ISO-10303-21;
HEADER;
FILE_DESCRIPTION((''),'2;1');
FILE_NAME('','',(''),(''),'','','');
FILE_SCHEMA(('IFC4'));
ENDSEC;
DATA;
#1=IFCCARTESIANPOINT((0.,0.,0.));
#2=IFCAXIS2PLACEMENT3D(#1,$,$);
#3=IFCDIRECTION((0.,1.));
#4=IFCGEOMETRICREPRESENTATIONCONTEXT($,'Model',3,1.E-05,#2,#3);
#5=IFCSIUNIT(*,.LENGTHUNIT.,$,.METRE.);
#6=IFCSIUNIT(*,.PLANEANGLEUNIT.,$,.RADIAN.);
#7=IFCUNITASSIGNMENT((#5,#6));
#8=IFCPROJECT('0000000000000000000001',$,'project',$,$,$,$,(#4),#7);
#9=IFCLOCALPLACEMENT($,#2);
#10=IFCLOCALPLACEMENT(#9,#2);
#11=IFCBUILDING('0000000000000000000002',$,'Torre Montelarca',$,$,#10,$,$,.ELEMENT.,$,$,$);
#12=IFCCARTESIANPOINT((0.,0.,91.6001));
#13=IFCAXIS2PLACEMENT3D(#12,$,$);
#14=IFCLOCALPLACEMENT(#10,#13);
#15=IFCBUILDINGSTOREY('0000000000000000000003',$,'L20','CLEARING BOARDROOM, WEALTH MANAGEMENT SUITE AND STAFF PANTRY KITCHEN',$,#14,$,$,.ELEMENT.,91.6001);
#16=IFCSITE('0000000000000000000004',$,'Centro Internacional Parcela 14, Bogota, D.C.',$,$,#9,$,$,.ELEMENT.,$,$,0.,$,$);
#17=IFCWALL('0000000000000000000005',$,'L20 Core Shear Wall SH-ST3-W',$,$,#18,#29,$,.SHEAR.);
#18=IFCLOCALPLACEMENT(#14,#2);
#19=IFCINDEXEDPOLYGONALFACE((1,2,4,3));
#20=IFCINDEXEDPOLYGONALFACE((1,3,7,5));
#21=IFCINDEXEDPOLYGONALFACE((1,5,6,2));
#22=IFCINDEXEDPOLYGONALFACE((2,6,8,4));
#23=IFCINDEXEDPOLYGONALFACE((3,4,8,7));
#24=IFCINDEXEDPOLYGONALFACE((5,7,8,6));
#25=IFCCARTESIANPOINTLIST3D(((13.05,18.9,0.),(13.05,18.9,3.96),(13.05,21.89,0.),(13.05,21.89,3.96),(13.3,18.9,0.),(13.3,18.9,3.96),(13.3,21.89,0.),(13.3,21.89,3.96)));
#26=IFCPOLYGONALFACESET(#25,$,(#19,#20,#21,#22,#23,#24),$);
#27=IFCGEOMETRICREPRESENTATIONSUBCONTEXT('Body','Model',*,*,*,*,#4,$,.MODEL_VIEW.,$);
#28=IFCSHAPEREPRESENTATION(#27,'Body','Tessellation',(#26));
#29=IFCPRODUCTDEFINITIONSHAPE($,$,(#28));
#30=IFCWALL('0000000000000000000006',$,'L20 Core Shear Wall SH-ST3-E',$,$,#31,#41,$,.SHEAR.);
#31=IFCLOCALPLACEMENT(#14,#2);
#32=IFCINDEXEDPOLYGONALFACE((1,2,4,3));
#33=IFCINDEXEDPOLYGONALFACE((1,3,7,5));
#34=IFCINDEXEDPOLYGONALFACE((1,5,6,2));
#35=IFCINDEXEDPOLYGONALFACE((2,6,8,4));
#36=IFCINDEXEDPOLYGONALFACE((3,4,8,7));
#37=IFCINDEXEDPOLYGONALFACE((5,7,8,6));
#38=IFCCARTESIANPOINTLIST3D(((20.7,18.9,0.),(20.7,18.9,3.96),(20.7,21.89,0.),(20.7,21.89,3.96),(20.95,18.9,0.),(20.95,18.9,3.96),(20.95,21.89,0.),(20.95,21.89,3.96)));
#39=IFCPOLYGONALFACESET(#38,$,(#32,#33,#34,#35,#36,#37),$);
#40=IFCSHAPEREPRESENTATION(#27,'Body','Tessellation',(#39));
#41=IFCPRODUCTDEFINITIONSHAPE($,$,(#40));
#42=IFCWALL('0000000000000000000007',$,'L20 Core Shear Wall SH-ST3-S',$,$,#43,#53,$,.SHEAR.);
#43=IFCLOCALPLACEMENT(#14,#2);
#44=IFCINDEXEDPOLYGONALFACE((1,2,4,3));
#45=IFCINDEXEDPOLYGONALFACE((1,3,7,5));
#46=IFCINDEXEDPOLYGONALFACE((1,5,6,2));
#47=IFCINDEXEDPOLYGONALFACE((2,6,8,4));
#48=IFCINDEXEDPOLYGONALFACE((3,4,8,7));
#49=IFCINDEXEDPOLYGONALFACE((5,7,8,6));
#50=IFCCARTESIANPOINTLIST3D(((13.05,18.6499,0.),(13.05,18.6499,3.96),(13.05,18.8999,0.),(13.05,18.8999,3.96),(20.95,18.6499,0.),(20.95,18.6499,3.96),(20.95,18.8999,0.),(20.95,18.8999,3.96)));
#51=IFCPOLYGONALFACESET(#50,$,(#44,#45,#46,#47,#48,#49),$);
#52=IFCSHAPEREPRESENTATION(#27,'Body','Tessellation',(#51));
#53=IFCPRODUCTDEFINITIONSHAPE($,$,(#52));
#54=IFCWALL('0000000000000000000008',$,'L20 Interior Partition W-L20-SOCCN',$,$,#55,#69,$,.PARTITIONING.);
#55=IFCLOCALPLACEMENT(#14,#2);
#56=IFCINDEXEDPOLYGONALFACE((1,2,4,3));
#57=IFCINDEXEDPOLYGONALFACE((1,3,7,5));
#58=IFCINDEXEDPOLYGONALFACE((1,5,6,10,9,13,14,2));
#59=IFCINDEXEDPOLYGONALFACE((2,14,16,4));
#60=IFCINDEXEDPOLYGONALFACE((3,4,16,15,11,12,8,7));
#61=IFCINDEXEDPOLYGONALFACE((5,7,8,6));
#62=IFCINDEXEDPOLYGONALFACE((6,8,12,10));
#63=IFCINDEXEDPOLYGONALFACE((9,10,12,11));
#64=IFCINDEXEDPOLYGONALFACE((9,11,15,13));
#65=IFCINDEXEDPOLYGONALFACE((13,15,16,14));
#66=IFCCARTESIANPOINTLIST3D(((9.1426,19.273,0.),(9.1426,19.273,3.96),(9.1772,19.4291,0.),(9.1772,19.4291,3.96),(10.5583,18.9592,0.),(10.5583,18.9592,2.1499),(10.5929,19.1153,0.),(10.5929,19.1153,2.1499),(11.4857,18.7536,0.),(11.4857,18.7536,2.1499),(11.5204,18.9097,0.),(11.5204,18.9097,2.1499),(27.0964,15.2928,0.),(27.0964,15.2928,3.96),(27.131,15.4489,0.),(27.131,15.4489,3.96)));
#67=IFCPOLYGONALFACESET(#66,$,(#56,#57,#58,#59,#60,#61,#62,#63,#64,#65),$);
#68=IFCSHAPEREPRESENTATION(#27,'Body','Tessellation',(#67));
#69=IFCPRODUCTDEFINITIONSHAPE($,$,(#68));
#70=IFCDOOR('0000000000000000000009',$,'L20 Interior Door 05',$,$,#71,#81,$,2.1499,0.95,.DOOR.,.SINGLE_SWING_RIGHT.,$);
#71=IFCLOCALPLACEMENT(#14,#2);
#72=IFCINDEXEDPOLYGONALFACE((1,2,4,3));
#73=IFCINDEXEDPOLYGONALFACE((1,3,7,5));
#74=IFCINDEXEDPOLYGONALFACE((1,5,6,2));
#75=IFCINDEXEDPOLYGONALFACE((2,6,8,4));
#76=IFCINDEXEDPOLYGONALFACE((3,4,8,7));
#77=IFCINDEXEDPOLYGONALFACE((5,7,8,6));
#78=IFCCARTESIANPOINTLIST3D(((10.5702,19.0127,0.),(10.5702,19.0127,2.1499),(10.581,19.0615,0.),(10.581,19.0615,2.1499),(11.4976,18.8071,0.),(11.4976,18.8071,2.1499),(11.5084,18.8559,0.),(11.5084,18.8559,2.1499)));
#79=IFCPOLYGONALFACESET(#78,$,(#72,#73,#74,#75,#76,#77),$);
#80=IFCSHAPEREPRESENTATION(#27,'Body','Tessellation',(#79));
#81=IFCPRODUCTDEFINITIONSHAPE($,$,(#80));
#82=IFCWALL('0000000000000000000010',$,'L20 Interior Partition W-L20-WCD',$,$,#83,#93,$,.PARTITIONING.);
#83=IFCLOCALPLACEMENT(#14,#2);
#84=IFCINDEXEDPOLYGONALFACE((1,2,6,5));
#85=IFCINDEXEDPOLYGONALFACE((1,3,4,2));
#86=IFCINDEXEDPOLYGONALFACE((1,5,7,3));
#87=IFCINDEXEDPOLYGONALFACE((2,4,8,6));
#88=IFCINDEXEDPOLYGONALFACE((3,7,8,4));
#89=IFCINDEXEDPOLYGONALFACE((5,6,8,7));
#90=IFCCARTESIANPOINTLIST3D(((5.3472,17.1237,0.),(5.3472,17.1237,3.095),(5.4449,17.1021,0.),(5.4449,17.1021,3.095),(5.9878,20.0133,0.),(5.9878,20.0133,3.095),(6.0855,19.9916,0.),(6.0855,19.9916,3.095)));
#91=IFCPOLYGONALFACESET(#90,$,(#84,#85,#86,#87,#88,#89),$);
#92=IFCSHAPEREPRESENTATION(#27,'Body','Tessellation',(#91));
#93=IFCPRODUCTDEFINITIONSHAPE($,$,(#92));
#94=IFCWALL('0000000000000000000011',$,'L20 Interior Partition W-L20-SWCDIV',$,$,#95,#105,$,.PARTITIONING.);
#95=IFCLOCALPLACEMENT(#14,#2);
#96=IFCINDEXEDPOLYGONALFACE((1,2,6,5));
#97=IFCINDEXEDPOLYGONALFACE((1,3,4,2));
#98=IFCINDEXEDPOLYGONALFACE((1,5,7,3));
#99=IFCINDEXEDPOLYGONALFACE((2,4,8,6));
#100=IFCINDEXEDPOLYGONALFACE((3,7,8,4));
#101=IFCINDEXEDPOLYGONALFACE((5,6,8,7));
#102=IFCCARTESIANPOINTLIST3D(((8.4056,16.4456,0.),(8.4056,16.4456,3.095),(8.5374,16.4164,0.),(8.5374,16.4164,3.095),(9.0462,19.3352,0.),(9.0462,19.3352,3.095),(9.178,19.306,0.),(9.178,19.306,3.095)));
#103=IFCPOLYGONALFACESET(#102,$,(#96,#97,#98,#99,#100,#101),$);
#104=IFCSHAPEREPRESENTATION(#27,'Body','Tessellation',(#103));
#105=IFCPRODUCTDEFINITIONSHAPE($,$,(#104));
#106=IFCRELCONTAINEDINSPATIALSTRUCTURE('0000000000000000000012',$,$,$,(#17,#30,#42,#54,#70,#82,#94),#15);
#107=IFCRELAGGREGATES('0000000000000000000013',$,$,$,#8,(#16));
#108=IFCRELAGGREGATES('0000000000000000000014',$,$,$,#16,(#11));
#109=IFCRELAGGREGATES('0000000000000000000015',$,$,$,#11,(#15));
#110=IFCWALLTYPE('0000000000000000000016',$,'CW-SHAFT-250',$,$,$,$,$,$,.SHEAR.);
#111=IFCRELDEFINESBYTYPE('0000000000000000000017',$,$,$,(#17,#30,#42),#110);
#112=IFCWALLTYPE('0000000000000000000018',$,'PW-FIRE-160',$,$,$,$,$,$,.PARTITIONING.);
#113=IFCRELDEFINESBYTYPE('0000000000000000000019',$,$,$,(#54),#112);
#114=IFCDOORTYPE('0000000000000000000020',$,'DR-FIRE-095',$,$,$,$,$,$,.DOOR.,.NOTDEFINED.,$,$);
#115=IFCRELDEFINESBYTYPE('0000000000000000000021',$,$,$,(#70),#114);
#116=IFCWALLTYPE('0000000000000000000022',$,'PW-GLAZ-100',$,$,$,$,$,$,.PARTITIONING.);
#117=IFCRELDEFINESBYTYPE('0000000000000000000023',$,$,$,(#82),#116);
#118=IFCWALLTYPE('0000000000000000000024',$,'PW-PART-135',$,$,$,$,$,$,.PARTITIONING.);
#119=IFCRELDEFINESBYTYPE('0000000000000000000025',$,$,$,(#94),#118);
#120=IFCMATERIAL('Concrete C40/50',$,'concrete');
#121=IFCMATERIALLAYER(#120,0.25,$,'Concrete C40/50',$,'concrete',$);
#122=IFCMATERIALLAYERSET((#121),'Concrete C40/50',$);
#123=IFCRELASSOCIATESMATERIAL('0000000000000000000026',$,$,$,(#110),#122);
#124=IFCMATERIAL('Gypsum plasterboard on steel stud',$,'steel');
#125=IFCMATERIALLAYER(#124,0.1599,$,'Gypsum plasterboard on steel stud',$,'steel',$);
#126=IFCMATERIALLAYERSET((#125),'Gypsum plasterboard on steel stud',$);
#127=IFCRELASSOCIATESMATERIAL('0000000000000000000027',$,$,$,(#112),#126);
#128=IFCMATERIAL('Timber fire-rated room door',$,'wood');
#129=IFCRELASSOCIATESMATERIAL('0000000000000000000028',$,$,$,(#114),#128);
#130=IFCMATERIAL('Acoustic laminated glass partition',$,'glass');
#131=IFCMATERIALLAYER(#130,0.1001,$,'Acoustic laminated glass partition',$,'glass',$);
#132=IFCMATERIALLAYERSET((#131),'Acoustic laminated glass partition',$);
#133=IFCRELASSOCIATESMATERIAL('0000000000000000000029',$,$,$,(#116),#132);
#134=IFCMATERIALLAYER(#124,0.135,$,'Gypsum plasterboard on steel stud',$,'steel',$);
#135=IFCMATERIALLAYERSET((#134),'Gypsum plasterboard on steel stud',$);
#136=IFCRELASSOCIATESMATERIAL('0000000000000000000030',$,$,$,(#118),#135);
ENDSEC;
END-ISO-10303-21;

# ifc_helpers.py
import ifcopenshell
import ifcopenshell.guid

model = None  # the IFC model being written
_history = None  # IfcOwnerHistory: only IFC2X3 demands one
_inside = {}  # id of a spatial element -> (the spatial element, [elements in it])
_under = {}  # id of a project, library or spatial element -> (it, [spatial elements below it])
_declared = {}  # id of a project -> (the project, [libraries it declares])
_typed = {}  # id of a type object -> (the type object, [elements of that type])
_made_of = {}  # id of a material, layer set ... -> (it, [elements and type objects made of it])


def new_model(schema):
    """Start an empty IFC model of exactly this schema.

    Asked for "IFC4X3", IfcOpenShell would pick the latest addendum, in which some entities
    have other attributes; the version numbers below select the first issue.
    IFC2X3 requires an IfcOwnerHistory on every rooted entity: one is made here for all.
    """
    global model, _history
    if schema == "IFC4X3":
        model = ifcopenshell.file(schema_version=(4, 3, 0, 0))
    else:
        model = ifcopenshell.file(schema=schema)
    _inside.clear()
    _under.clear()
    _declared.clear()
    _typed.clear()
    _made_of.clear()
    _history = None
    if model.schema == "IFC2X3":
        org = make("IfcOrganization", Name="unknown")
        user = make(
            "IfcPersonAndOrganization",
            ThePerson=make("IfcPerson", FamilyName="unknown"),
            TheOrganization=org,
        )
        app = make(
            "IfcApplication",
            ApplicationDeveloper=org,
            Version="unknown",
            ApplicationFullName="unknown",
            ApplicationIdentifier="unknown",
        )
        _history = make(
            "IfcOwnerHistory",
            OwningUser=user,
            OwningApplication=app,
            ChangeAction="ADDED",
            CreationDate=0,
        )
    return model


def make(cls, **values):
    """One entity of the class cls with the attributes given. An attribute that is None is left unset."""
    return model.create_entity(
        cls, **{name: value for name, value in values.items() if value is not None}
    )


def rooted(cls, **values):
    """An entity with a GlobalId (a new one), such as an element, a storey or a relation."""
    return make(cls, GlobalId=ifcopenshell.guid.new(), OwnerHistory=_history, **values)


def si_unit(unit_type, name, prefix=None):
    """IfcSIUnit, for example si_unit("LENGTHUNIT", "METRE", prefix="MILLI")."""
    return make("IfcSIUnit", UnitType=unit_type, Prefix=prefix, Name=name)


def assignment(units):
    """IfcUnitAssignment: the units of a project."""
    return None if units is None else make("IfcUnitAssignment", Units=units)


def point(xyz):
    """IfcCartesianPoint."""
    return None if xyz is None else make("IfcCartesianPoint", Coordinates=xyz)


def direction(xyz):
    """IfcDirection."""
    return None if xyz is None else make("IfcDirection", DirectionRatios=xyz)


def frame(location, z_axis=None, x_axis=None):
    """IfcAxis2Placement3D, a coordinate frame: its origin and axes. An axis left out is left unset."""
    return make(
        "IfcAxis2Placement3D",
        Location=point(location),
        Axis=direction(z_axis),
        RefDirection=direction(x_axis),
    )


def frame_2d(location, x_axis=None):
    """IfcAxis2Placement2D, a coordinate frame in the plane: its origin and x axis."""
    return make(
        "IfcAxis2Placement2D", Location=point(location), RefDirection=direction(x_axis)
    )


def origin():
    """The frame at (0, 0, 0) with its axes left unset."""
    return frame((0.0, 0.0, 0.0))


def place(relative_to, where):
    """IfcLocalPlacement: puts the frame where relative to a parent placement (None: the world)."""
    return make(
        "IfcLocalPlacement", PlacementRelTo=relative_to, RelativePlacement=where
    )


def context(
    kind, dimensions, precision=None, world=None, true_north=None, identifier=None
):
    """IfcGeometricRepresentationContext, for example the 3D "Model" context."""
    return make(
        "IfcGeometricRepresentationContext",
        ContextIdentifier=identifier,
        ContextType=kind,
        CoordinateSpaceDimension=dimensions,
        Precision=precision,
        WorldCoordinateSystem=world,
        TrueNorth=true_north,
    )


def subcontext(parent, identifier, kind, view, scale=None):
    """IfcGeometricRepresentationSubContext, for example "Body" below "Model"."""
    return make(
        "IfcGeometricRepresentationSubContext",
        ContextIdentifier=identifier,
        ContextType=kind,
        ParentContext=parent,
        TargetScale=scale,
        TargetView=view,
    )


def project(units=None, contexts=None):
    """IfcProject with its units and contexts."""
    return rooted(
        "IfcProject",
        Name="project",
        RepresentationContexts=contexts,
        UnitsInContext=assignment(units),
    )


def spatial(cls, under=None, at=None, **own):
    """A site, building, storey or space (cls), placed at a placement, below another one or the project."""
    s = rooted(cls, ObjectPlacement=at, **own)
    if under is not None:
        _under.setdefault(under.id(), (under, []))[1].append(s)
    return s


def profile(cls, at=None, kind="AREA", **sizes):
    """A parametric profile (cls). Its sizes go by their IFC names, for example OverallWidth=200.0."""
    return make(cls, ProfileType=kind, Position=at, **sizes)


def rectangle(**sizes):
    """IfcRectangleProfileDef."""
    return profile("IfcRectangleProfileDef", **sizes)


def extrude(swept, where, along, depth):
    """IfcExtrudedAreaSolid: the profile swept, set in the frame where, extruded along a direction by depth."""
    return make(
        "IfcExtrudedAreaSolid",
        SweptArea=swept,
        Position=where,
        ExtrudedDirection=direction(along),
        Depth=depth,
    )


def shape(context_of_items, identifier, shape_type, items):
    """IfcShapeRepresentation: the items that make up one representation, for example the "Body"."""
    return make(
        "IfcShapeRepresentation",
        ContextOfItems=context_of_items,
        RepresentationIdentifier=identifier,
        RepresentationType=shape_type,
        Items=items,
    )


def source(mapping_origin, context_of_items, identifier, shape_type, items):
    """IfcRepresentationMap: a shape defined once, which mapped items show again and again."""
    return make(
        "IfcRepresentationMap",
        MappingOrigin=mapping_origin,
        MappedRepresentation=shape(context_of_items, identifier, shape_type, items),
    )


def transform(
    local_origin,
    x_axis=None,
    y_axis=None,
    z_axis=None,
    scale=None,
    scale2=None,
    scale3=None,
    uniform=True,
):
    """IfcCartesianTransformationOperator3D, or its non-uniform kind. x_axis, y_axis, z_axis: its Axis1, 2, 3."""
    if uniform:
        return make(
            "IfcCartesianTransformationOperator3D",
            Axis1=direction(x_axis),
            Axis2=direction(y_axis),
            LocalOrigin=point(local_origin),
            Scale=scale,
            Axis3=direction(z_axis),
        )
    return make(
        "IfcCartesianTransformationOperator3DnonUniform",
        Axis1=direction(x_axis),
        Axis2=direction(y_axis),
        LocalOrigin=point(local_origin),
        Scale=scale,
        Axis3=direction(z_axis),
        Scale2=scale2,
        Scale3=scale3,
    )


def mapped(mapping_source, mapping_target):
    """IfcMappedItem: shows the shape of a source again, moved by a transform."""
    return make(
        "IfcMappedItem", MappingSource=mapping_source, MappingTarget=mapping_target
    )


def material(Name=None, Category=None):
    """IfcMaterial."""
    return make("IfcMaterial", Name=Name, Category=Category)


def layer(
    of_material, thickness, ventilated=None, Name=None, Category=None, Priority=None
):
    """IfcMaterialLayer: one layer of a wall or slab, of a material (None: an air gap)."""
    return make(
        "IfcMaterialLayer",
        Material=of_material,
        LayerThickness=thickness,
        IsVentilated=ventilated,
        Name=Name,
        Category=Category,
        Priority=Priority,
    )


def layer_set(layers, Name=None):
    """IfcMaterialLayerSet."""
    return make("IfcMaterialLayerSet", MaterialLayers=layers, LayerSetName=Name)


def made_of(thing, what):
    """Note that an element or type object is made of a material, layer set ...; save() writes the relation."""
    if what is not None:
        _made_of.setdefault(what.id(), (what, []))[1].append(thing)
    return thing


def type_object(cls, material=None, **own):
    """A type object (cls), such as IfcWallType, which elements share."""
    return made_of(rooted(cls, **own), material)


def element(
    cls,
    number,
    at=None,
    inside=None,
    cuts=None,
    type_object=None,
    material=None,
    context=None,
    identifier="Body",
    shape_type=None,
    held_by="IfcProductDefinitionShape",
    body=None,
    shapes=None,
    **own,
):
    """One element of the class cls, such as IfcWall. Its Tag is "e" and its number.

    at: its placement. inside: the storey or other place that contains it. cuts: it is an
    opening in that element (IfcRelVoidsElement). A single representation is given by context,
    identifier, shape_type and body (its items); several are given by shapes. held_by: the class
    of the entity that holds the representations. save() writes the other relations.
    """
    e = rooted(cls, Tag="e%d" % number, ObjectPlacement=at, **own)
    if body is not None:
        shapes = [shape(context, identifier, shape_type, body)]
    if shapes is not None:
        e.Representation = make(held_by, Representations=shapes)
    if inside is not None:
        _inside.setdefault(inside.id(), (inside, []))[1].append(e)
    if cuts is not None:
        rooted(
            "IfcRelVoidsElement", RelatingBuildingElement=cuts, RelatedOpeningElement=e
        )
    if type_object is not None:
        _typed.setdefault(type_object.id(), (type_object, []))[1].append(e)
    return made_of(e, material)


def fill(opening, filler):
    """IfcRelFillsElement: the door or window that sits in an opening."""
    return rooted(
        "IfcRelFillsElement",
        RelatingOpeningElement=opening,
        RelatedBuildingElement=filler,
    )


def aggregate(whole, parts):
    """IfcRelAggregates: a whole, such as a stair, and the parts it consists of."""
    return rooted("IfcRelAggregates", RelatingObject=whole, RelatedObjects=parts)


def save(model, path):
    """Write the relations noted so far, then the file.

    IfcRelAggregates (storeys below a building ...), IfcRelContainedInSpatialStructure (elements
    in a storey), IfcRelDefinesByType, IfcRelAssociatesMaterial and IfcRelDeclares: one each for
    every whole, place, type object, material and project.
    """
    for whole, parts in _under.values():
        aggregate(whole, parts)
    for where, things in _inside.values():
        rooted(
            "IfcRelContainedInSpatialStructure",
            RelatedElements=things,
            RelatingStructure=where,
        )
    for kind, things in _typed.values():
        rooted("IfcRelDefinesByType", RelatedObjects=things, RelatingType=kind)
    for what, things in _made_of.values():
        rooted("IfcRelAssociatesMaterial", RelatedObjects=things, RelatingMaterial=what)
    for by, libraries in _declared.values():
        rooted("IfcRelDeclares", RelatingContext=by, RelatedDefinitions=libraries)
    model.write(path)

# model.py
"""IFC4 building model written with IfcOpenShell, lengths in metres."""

from ifc_helpers import new_model, si_unit, direction, frame, frame_2d, origin, place, context, subcontext, project, spatial, rectangle, extrude, source, transform, mapped, material, layer, layer_set, type_object, element, fill, save


model = new_model("IFC4")

# Units and contexts
model_context = context("Model", 3, precision=1e-05, world=origin(), true_north=direction((0.0, 1.0)))
body_context = subcontext(model_context, "Body", "Model", "MODEL_VIEW")
ifc_project = project(units=[si_unit("LENGTHUNIT", "METRE"), si_unit("PLANEANGLEUNIT", "RADIAN")], contexts=[model_context])

# Site, building, storey
site_placement = place(None, origin())
site = spatial("IfcSite", under=ifc_project, at=site_placement, Name="Centro Internacional Parcela 14, Bogota, D.C.", CompositionType="ELEMENT", RefElevation=0.0)
building_placement = place(site_placement, origin())
building = spatial("IfcBuilding", under=site, at=building_placement, Name="Torre Montelarca", CompositionType="ELEMENT")
storey_placement = place(building_placement, frame((0.0, 0.0, 91.6001)))
storey = spatial("IfcBuildingStorey", under=building, at=storey_placement, Name="L20", Description="CLEARING BOARDROOM, WEALTH MANAGEMENT SUITE AND STAFF PANTRY KITCHEN", CompositionType="ELEMENT", Elevation=91.6001)

# Shared definitions
ifc_material_1 = material(Name="Concrete C40/50", Category="concrete")

# Walls
ifc_layer_1 = layer(ifc_material_1, 0.25, Name="Concrete C40/50", Category="concrete")
ifc_layer_set_1 = layer_set([ifc_layer_1], Name="Concrete C40/50")
wall_type_1 = type_object("IfcWallType", Name="CW-SHAFT-250", PredefinedType="SHEAR", material=ifc_layer_set_1)
for number, where, z_axis, x_axis, name in (
    (1, (13.175, 18.8999, 0.0), (0.0, 0.0, 1.0), (0.0, 1.0, 0.0), "L20 Core Shear Wall SH-ST3-W"),
    (2, (20.825, 18.8999, 0.0), (0.0, 0.0, 1.0), (0.0, 1.0, 0.0), "L20 Core Shear Wall SH-ST3-E"),
):
    element("IfcWall", number, at=place(storey_placement, frame(where, z_axis=z_axis, x_axis=x_axis)), inside=storey, type_object=wall_type_1, Name=name, PredefinedType="SHEAR", context=body_context, shape_type="SweptSolid", body=[
        extrude(rectangle(XDim=2.99, YDim=0.25, at=frame_2d((1.4951, 0.0))), origin(), (0.0, 0.0, 1.0), 3.96),
    ])
wall_1_placement = place(storey_placement, frame((13.05, 18.7749, 0.0), z_axis=(0.0, 0.0, 1.0), x_axis=(1.0, 0.0, 0.0)))
element("IfcWall", 3, at=wall_1_placement, inside=storey, type_object=wall_type_1, Name="L20 Core Shear Wall SH-ST3-S", PredefinedType="SHEAR", context=body_context, shape_type="SweptSolid", body=[
    extrude(rectangle(XDim=7.8999, YDim=0.25, at=frame_2d((3.95, 0.0))), origin(), (0.0, 0.0, 1.0), 3.96),
])

# Wall, opening, door
ifc_material_2 = material(Name="Gypsum plasterboard on steel stud", Category="steel")
ifc_layer_2 = layer(ifc_material_2, 0.1599, Name="Gypsum plasterboard on steel stud", Category="steel")
ifc_layer_set_2 = layer_set([ifc_layer_2], Name="Gypsum plasterboard on steel stud")
wall_type_2 = type_object("IfcWallType", Name="PW-FIRE-160", PredefinedType="PARTITIONING", material=ifc_layer_set_2)
wall_2_placement = place(storey_placement, frame((9.1599, 19.3511, 0.0), z_axis=(0.0, 0.0, 1.0), x_axis=(0.976297, -0.216437, 0.0)))
wall_2 = element("IfcWall", 4, at=wall_2_placement, inside=storey, type_object=wall_type_2, Name="L20 Interior Partition W-L20-SOCCN", PredefinedType="PARTITIONING", context=body_context, shape_type="SweptSolid", body=[
    extrude(rectangle(XDim=18.3896, YDim=0.1599, at=frame_2d((9.1948, 0.0))), origin(), (0.0, 0.0, 1.0), 3.96),
])
opening_placement = place(wall_2_placement, frame((1.45, 0.0, 0.0)))
opening = element("IfcOpeningElement", 5, at=opening_placement, cuts=wall_2, PredefinedType="OPENING", context=body_context, shape_type="SweptSolid", body=[
    extrude(rectangle(XDim=0.95, YDim=2.1499, at=frame_2d((0.4751, 1.075))), frame((0.0, 0.0898, 0.0), z_axis=(0.0, -1.0, 0.0), x_axis=(1.0, 0.0, 0.0)), (0.0, 0.0, 1.0), 0.1799),
])
ifc_material_3 = material(Name="Timber fire-rated room door", Category="wood")
door_type = type_object("IfcDoorType", Name="DR-FIRE-095", OperationType="NOTDEFINED", PredefinedType="DOOR", material=ifc_material_3)
shared_shape_1 = source(origin(), body_context, "Body", "SweptSolid", [
    extrude(rectangle(XDim=0.95, YDim=2.1499, at=frame_2d((0.4751, 1.075))), frame((0.0, 0.0249, 0.0), z_axis=(0.0, -1.0, 0.0), x_axis=(1.0, 0.0, 0.0)), (0.0, 0.0, 1.0), 0.05),
])
door_placement = place(opening_placement, origin())
door = element("IfcDoor", 6, at=door_placement, inside=storey, type_object=door_type, Name="L20 Interior Door 05", OperationType="SINGLE_SWING_RIGHT", OverallHeight=2.1499, OverallWidth=0.95, PredefinedType="DOOR", context=body_context, shape_type="MappedRepresentation", body=[
    mapped(shared_shape_1, transform((0.0, 0.0, 0.0), scale=1.0)),
])
fill(opening, door)

# Walls
ifc_material_4 = material(Name="Acoustic laminated glass partition", Category="glass")
ifc_layer_3 = layer(ifc_material_4, 0.1001, Name="Acoustic laminated glass partition", Category="glass")
ifc_layer_set_3 = layer_set([ifc_layer_3], Name="Acoustic laminated glass partition")
wall_type_3 = type_object("IfcWallType", Name="PW-GLAZ-100", PredefinedType="PARTITIONING", material=ifc_layer_set_3)
wall_3_placement = place(storey_placement, frame((5.396, 17.1128, 0.0), z_axis=(0.0, 0.0, 1.0), x_axis=(0.216441, 0.976296, 0.0)))
element("IfcWall", 7, at=wall_3_placement, inside=storey, type_object=wall_type_3, Name="L20 Interior Partition W-L20-WCD", PredefinedType="PARTITIONING", context=body_context, shape_type="SweptSolid", body=[
    extrude(rectangle(XDim=2.9597, YDim=0.1001, at=frame_2d((1.48, 0.0))), origin(), (0.0, 0.0, 1.0), 3.095),
])
ifc_layer_4 = layer(ifc_material_2, 0.135, Name="Gypsum plasterboard on steel stud", Category="steel")
ifc_layer_set_4 = layer_set([ifc_layer_4], Name="Gypsum plasterboard on steel stud")
wall_type_4 = type_object("IfcWallType", Name="PW-PART-135", PredefinedType="PARTITIONING", material=ifc_layer_set_4)
wall_4_placement = place(storey_placement, frame((8.4714, 16.4309, 0.0), z_axis=(0.0, 0.0, 1.0), x_axis=(0.216441, 0.976296, 0.0)))
element("IfcWall", 8, at=wall_4_placement, inside=storey, type_object=wall_type_4, Name="L20 Interior Partition W-L20-SWCDIV", PredefinedType="PARTITIONING", context=body_context, shape_type="SweptSolid", body=[
    extrude(rectangle(XDim=2.9597, YDim=0.135, at=frame_2d((1.48, 0.0))), origin(), (0.0, 0.0, 1.0), 3.095),
])

save(model, "model.ifc")
